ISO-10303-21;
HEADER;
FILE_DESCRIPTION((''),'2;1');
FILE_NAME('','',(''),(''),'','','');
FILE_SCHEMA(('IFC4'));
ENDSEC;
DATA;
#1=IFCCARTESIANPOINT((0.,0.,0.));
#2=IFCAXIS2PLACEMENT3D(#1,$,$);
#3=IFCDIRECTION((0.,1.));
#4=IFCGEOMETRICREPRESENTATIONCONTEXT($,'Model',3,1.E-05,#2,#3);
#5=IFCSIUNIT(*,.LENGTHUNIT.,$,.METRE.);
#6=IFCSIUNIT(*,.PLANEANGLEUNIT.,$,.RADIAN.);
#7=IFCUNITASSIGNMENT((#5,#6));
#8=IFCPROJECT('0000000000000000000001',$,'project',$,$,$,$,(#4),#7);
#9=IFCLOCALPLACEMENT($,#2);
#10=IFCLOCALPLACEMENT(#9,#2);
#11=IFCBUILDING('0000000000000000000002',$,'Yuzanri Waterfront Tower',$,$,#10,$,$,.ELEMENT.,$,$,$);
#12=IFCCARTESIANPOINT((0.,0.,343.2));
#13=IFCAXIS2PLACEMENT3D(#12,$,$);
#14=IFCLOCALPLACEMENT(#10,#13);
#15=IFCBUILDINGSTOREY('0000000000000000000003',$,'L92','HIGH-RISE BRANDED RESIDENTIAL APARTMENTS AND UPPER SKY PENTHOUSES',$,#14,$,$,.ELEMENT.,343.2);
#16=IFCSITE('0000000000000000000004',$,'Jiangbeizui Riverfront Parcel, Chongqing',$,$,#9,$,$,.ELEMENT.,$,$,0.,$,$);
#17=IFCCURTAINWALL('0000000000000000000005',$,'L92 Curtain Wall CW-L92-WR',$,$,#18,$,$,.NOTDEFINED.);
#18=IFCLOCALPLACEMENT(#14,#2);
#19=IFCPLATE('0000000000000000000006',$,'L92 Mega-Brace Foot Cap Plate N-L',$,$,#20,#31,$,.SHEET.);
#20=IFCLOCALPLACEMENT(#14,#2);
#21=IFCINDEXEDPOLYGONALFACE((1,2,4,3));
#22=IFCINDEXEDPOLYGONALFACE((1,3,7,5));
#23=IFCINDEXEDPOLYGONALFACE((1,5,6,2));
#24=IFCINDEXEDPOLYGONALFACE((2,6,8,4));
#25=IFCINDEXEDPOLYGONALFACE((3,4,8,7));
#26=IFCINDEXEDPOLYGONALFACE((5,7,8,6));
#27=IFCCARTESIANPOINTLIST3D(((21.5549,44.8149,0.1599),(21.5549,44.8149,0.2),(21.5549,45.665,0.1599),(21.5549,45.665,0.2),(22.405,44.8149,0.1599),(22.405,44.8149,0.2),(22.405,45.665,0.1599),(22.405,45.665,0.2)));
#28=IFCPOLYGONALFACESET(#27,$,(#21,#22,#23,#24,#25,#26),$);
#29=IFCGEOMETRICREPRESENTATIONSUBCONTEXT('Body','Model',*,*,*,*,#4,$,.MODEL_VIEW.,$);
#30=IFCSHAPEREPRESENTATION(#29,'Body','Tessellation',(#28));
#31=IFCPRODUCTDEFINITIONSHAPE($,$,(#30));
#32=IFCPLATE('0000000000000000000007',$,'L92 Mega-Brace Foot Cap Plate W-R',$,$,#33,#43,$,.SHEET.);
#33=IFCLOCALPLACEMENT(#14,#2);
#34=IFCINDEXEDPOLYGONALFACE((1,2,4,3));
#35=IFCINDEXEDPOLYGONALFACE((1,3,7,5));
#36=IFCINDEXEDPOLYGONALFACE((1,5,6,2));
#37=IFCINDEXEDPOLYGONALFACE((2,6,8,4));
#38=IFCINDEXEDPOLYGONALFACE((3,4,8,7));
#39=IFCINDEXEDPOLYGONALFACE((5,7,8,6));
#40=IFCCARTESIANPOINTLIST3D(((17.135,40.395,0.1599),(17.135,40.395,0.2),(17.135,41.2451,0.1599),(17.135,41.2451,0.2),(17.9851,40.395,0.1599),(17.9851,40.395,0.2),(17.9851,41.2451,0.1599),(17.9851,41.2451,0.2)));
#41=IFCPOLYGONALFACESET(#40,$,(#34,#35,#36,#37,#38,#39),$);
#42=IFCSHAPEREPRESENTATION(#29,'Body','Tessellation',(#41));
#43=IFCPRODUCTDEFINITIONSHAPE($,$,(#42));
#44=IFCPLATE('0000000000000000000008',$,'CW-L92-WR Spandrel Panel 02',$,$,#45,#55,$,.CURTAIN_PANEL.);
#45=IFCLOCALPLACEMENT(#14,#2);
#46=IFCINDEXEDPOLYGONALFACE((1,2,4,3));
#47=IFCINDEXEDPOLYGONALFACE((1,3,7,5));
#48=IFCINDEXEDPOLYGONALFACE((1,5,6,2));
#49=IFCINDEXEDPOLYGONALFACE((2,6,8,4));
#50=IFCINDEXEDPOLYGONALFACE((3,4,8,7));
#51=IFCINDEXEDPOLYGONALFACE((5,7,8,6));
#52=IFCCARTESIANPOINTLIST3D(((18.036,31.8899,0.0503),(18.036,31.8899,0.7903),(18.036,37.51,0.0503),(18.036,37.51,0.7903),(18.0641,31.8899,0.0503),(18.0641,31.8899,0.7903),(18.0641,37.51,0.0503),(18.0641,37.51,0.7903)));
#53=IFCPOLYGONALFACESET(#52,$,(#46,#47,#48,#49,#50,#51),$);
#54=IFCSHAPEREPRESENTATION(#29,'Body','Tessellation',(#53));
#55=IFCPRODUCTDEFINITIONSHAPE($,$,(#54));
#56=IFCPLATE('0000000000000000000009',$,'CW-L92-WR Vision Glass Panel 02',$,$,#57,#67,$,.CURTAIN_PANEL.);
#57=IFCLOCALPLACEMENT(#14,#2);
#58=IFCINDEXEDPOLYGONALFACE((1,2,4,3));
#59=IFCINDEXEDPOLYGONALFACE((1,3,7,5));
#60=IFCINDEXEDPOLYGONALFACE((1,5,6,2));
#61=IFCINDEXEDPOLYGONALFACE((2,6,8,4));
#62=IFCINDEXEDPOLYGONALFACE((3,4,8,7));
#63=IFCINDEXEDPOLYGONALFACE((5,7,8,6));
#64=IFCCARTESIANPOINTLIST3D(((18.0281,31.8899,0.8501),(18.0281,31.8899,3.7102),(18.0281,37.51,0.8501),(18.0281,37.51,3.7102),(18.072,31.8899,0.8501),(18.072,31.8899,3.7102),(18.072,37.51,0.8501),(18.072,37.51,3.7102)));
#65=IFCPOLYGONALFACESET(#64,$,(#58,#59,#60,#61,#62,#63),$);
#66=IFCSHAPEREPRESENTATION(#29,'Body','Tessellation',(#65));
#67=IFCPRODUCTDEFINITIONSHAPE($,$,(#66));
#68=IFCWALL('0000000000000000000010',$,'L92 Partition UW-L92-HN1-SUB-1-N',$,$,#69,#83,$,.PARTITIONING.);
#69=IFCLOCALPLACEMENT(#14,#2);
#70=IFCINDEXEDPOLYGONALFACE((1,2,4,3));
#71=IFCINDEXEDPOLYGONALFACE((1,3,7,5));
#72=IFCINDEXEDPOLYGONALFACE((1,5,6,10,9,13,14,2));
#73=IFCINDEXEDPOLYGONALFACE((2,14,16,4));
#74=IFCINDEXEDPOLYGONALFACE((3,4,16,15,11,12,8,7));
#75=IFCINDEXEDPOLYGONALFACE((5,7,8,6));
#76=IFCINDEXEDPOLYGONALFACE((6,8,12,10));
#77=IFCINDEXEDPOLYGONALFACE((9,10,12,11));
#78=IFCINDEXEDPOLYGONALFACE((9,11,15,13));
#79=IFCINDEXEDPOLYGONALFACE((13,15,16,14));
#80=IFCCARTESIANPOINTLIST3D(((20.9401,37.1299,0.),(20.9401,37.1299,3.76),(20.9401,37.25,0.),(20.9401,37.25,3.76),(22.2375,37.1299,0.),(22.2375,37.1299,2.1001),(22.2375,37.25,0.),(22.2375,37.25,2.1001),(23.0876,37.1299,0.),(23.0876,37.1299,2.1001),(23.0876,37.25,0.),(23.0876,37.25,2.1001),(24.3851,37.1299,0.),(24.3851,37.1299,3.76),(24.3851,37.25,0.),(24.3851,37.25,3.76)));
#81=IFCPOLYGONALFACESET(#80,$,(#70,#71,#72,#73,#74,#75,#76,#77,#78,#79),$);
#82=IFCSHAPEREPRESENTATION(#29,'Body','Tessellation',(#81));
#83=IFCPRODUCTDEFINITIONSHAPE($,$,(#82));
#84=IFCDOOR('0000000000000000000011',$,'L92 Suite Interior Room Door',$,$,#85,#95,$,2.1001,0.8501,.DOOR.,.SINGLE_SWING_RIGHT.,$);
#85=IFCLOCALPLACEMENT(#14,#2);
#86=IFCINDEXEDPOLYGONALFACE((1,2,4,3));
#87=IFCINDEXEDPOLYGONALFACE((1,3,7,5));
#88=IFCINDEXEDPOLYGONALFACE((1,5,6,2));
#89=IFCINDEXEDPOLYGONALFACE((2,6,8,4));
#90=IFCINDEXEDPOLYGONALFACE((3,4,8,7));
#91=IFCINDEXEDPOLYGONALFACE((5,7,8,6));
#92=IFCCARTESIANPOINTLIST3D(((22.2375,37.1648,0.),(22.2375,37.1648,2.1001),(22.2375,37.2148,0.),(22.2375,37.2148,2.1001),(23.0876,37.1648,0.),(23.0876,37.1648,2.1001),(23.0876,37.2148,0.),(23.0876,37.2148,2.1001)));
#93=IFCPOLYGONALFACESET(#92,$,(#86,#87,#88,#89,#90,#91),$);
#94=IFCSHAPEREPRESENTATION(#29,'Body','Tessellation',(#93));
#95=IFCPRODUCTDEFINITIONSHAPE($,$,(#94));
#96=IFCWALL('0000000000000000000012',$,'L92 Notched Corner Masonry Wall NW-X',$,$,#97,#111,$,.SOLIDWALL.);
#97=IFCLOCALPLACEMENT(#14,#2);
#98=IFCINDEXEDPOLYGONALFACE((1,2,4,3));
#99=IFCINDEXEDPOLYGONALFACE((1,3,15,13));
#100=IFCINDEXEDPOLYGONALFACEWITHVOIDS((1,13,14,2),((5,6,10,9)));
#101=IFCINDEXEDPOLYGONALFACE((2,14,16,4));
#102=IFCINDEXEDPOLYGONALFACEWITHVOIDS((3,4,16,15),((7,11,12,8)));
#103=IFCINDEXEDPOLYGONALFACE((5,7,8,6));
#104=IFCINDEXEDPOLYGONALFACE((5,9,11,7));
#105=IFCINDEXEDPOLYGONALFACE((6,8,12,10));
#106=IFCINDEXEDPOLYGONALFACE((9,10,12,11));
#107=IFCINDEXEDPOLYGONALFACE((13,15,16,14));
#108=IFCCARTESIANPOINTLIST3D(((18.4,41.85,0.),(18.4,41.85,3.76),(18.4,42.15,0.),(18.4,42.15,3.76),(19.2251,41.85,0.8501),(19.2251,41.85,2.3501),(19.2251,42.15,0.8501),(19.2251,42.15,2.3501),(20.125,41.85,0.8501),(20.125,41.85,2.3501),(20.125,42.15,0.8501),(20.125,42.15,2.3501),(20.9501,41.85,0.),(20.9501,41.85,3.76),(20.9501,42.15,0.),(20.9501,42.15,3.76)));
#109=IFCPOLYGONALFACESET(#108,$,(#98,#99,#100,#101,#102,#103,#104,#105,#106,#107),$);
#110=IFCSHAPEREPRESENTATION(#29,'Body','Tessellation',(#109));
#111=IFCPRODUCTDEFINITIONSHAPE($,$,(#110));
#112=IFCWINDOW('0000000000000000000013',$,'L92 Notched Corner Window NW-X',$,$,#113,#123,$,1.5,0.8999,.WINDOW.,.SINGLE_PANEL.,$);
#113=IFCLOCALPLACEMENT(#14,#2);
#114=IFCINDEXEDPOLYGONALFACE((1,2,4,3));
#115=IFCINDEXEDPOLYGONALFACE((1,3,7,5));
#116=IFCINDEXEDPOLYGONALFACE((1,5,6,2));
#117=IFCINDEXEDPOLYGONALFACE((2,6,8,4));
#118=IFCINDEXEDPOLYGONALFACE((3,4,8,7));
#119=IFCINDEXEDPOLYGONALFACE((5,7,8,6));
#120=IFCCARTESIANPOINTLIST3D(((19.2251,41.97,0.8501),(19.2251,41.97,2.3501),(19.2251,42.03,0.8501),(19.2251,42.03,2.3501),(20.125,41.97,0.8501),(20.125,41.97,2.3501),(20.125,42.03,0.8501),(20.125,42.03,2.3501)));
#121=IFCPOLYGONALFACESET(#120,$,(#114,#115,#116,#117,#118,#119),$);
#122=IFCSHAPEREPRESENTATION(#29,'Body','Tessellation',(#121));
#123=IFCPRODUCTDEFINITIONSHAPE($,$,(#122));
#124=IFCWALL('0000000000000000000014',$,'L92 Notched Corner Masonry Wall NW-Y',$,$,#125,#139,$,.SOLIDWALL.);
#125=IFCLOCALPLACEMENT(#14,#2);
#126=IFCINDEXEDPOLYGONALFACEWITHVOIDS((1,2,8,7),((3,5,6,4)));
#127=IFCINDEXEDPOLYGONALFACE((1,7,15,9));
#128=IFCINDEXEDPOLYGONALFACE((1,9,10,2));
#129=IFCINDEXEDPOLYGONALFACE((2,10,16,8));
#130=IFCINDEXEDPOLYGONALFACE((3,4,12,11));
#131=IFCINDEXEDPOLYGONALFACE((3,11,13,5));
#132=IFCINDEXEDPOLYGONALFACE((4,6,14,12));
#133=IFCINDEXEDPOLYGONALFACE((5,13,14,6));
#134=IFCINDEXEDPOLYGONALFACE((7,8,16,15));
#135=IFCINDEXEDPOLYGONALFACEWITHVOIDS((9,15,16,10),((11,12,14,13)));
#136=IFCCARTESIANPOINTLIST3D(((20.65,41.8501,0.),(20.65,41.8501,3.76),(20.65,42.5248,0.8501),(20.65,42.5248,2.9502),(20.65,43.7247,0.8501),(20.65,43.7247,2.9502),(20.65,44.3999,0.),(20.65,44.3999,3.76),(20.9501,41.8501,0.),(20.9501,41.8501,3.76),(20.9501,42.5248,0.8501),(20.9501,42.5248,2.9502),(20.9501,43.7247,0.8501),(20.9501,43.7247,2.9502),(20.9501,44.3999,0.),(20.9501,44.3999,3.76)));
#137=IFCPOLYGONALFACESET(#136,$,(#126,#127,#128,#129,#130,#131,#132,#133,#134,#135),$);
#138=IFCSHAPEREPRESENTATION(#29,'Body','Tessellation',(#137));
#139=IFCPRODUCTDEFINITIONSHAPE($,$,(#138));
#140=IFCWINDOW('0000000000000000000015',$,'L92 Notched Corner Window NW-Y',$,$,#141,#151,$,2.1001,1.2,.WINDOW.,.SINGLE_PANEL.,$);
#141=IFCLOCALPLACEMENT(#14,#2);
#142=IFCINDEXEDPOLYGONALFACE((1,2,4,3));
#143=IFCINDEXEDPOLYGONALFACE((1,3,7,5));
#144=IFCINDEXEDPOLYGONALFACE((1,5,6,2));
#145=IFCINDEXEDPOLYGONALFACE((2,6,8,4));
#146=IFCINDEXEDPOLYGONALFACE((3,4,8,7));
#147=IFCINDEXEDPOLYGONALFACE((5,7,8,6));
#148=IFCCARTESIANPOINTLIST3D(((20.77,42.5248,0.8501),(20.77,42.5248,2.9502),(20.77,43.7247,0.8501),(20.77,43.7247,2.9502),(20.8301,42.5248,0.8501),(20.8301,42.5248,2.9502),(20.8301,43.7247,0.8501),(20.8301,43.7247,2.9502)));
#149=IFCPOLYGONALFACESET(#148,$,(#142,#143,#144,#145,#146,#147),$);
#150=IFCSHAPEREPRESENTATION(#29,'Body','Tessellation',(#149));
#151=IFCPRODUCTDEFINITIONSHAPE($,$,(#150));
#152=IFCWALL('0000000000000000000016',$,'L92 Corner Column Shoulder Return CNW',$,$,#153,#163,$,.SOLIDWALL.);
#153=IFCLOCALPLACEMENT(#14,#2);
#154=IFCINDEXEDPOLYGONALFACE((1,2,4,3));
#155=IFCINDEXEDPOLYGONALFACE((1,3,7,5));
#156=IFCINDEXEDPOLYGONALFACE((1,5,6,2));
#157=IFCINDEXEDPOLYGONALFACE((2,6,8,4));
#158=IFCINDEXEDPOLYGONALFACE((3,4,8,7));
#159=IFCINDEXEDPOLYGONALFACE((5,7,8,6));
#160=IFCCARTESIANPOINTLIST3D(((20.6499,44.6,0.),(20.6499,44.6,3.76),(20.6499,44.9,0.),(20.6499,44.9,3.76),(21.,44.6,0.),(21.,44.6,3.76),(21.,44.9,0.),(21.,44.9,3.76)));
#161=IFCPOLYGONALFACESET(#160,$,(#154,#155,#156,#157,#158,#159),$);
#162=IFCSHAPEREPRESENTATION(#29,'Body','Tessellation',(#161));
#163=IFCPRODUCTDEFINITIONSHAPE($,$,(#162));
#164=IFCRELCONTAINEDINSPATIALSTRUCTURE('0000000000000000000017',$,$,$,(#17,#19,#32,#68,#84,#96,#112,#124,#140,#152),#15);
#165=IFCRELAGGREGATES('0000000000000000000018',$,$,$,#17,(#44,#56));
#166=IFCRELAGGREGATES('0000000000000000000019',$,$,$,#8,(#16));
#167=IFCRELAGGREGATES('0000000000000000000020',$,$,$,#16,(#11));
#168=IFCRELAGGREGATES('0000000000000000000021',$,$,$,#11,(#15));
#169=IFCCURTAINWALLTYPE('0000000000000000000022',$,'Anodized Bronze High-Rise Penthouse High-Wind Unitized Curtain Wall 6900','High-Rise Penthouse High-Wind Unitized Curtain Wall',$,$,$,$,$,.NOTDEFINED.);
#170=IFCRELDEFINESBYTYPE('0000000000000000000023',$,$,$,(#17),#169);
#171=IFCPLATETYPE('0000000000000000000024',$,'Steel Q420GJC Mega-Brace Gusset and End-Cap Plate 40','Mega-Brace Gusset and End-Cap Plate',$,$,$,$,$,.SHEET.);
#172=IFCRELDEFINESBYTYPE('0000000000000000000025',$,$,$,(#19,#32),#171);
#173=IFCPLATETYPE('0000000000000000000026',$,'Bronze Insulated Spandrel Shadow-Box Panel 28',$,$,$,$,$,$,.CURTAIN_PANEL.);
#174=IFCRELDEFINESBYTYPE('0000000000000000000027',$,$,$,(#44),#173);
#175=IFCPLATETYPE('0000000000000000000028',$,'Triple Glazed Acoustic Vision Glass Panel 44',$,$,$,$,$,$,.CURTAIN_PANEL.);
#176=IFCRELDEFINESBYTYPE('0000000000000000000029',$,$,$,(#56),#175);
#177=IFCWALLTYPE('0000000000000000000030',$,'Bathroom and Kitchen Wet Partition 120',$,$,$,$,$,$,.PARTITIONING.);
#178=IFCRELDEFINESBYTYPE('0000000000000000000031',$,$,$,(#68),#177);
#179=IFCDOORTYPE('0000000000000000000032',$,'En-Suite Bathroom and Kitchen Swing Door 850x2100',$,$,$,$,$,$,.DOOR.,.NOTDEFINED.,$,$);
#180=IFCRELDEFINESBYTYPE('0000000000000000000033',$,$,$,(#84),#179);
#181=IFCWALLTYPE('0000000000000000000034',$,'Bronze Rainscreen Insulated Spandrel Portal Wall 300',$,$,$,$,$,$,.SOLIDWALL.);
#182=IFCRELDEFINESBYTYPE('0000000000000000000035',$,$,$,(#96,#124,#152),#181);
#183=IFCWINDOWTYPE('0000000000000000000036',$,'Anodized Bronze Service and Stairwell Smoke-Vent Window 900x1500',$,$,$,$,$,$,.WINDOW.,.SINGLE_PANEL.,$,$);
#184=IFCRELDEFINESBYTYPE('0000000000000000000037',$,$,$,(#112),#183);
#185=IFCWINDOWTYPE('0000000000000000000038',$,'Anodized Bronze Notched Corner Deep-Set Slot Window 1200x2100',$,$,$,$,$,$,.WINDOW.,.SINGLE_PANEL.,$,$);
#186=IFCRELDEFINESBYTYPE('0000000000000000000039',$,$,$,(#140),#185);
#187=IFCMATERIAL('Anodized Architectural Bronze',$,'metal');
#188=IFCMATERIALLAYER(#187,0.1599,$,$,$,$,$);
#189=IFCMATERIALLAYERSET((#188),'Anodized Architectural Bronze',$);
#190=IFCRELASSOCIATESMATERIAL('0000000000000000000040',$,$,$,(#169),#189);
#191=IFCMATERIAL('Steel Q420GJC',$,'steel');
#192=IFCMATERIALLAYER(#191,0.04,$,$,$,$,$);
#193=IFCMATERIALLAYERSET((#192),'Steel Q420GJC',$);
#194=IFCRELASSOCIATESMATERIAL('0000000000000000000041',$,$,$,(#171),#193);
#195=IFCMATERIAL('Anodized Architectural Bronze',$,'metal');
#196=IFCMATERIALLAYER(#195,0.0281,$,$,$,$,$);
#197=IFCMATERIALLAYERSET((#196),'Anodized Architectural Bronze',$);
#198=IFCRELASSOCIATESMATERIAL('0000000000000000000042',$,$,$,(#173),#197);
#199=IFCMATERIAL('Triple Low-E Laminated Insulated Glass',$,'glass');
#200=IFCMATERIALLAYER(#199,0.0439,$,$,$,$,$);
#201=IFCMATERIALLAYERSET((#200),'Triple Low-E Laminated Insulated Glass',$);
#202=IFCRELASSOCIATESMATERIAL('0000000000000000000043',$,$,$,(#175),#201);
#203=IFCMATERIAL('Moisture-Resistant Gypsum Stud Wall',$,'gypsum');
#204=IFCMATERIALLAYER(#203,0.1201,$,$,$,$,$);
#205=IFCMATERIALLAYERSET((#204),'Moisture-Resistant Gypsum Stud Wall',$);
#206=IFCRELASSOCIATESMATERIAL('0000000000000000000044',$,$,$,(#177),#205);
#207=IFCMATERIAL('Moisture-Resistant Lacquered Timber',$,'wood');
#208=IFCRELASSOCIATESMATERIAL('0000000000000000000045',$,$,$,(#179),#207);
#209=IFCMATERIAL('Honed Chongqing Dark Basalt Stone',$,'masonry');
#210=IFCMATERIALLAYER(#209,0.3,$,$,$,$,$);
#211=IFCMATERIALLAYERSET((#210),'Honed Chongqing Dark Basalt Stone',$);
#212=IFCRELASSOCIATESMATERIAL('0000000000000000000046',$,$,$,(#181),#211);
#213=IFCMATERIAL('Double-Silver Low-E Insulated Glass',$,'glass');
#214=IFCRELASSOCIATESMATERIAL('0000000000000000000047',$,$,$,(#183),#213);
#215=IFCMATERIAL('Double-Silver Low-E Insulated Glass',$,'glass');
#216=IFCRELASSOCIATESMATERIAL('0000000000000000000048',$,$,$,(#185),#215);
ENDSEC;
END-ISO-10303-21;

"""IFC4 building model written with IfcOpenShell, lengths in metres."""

from ifc_helpers import new_model, si_unit, direction, frame, frame_2d, origin, origin_2d, place, context, subcontext, project, spatial, rectangle, extrude, source, transform, mapped, material, layer, layer_set, type_object, element, fill, aggregate, save


model = new_model("IFC4")

# Units and contexts
model_context = context("Model", 3, precision=1e-05, world=origin(), true_north=direction((0.0, 1.0)))
body_context = subcontext(model_context, "Body", "Model", "MODEL_VIEW")
ifc_project = project(units=[si_unit("LENGTHUNIT", "METRE"), si_unit("PLANEANGLEUNIT", "RADIAN")], contexts=[model_context])

# Site, building, storey
site_placement = place(None, origin())
site = spatial("IfcSite", under=ifc_project, at=site_placement, Name="Jiangbeizui Riverfront Parcel, Chongqing", CompositionType="ELEMENT", RefElevation=0.0)
building_placement = place(site_placement, origin())
building = spatial("IfcBuilding", under=site, at=building_placement, Name="Yuzanri Waterfront Tower", CompositionType="ELEMENT")
storey_placement = place(building_placement, frame((0.0, 0.0, 343.2)))
storey = spatial("IfcBuildingStorey", under=building, at=storey_placement, Name="L92", Description="HIGH-RISE BRANDED RESIDENTIAL APARTMENTS AND UPPER SKY PENTHOUSES", CompositionType="ELEMENT", Elevation=343.2)

# Curtain wall
ifc_material_1 = material(Name="Anodized Architectural Bronze", Category="metal")
ifc_layer_1 = layer(ifc_material_1, 0.1599)
ifc_layer_set_1 = layer_set([ifc_layer_1], Name="Anodized Architectural Bronze")
curtain_wall_type = type_object("IfcCurtainWallType", Name="Anodized Bronze High-Rise Penthouse High-Wind Unitized Curtain Wall 6900", Description="High-Rise Penthouse High-Wind Unitized Curtain Wall", PredefinedType="NOTDEFINED", material=ifc_layer_set_1)
curtain_wall_placement = place(storey_placement, origin())
curtain_wall = element("IfcCurtainWall", 1, at=curtain_wall_placement, inside=storey, type_object=curtain_wall_type, Name="L92 Curtain Wall CW-L92-WR", PredefinedType="NOTDEFINED")

# Plates
ifc_material_2 = material(Name="Steel Q420GJC", Category="steel")
ifc_layer_2 = layer(ifc_material_2, 0.04)
ifc_layer_set_2 = layer_set([ifc_layer_2], Name="Steel Q420GJC")
plate_type_1 = type_object("IfcPlateType", Name="Steel Q420GJC Mega-Brace Gusset and End-Cap Plate 40", Description="Mega-Brace Gusset and End-Cap Plate", PredefinedType="SHEET", material=ifc_layer_set_2)
shared_shape_1 = source(origin(), body_context, "Body", "SweptSolid", [
    extrude(rectangle(XDim=0.8501, YDim=0.8501, at=origin_2d()), origin(), (0.0, 0.0, 1.0), 0.04),
])
for number, where, z_axis, x_axis, name in (
    (2, (21.98, 45.24, 0.1599), (0.0, 0.0, 1.0), (1.0, 0.0, 0.0), "L92 Mega-Brace Foot Cap Plate N-L"),
    (3, (17.5601, 40.8201, 0.1599), (0.0, 0.0, 1.0), (1.0, 0.0, 0.0), "L92 Mega-Brace Foot Cap Plate W-R"),
):
    element("IfcPlate", number, at=place(storey_placement, frame(where, z_axis=z_axis, x_axis=x_axis)), inside=storey, type_object=plate_type_1, Name=name, PredefinedType="SHEET", context=body_context, shape_type="MappedRepresentation", body=[
        mapped(shared_shape_1, transform((0.0, 0.0, 0.0), scale=1.0)),
    ])

# Plates
ifc_material_3 = material(Name="Anodized Architectural Bronze", Category="metal")
ifc_layer_3 = layer(ifc_material_3, 0.0281)
ifc_layer_set_3 = layer_set([ifc_layer_3], Name="Anodized Architectural Bronze")
plate_type_2 = type_object("IfcPlateType", Name="Bronze Insulated Spandrel Shadow-Box Panel 28", PredefinedType="CURTAIN_PANEL", material=ifc_layer_set_3)
shared_shape_2 = source(origin(), body_context, "Body", "SweptSolid", [
    extrude(rectangle(XDim=5.6201, YDim=0.0281, at=origin_2d()), origin(), (0.0, 0.0, 1.0), 0.74),
])
plate_1_placement = place(storey_placement, frame((18.05, 34.7, 0.0503), z_axis=(0.0, 0.0, 1.0), x_axis=(0.0, 1.0, 0.0)))
plate_1 = element("IfcPlate", 4, at=plate_1_placement, type_object=plate_type_2, Name="CW-L92-WR Spandrel Panel 02", PredefinedType="CURTAIN_PANEL", context=body_context, shape_type="MappedRepresentation", body=[
    mapped(shared_shape_2, transform((0.0, 0.0, 0.0), scale=1.0)),
])
ifc_material_4 = material(Name="Triple Low-E Laminated Insulated Glass", Category="glass")
ifc_layer_4 = layer(ifc_material_4, 0.0439)
ifc_layer_set_4 = layer_set([ifc_layer_4], Name="Triple Low-E Laminated Insulated Glass")
plate_type_3 = type_object("IfcPlateType", Name="Triple Glazed Acoustic Vision Glass Panel 44", PredefinedType="CURTAIN_PANEL", material=ifc_layer_set_4)
shared_shape_3 = source(origin(), body_context, "Body", "SweptSolid", [
    extrude(rectangle(XDim=5.6201, YDim=0.0439, at=origin_2d()), origin(), (0.0, 0.0, 1.0), 2.8601),
])
plate_2_placement = place(storey_placement, frame((18.05, 34.7, 0.8501), z_axis=(0.0, 0.0, 1.0), x_axis=(0.0, 1.0, 0.0)))
plate_2 = element("IfcPlate", 5, at=plate_2_placement, type_object=plate_type_3, Name="CW-L92-WR Vision Glass Panel 02", PredefinedType="CURTAIN_PANEL", context=body_context, shape_type="MappedRepresentation", body=[
    mapped(shared_shape_3, transform((0.0, 0.0, 0.0), scale=1.0)),
])
aggregate(curtain_wall, [plate_1, plate_2])

# Wall, opening, door
ifc_material_5 = material(Name="Moisture-Resistant Gypsum Stud Wall", Category="gypsum")
ifc_layer_5 = layer(ifc_material_5, 0.1201)
ifc_layer_set_5 = layer_set([ifc_layer_5], Name="Moisture-Resistant Gypsum Stud Wall")
wall_type_1 = type_object("IfcWallType", Name="Bathroom and Kitchen Wet Partition 120", PredefinedType="PARTITIONING", material=ifc_layer_set_5)
wall_1_placement = place(storey_placement, frame((20.9399, 37.1899, 0.0), z_axis=(0.0, 0.0, 1.0), x_axis=(1.0, 0.0, 0.0)))
wall_1 = element("IfcWall", 6, at=wall_1_placement, inside=storey, type_object=wall_type_1, Name="L92 Partition UW-L92-HN1-SUB-1-N", PredefinedType="PARTITIONING", context=body_context, shape_type="SweptSolid", body=[
    extrude(rectangle(XDim=3.4451, YDim=0.1201, at=frame_2d((1.7227, 0.0))), origin(), (0.0, 0.0, 1.0), 3.76),
])
opening_1_placement = place(wall_1_placement, frame((1.2976, 0.0, 0.0)))
opening_1 = element("IfcOpeningElement", 7, at=opening_1_placement, cuts=wall_1, PredefinedType="OPENING", context=body_context, shape_type="SweptSolid", body=[
    extrude(rectangle(XDim=0.8501, YDim=2.1001, at=frame_2d((0.425, 1.05))), frame((0.0, 0.075, 0.0), z_axis=(0.0, -1.0, 0.0), x_axis=(1.0, 0.0, 0.0)), (0.0, 0.0, 1.0), 0.1499),
])
ifc_material_6 = material(Name="Moisture-Resistant Lacquered Timber", Category="wood")
door_type = type_object("IfcDoorType", Name="En-Suite Bathroom and Kitchen Swing Door 850x2100", OperationType="NOTDEFINED", PredefinedType="DOOR", material=ifc_material_6)
shared_shape_4 = source(origin(), body_context, "Body", "SweptSolid", [
    extrude(rectangle(XDim=0.8501, YDim=2.1001, at=frame_2d((0.425, 1.05))), frame((0.0, 0.0249, 0.0), z_axis=(0.0, -1.0, 0.0), x_axis=(1.0, 0.0, 0.0)), (0.0, 0.0, 1.0), 0.05),
])
door_placement = place(opening_1_placement, origin())
door = element("IfcDoor", 8, at=door_placement, inside=storey, type_object=door_type, Name="L92 Suite Interior Room Door", OperationType="SINGLE_SWING_RIGHT", OverallHeight=2.1001, OverallWidth=0.8501, PredefinedType="DOOR", context=body_context, shape_type="MappedRepresentation", body=[
    mapped(shared_shape_4, transform((0.0, 0.0, 0.0), scale=1.0)),
])
fill(opening_1, door)

# Walls, openings, windows
ifc_material_7 = material(Name="Honed Chongqing Dark Basalt Stone", Category="masonry")
ifc_layer_6 = layer(ifc_material_7, 0.3)
ifc_layer_set_6 = layer_set([ifc_layer_6], Name="Honed Chongqing Dark Basalt Stone")
wall_type_2 = type_object("IfcWallType", Name="Bronze Rainscreen Insulated Spandrel Portal Wall 300", PredefinedType="SOLIDWALL", material=ifc_layer_set_6)
wall_2_placement = place(storey_placement, frame((20.95, 42.0, 0.0), z_axis=(0.0, 0.0, 1.0), x_axis=(-1.0, 0.0, 0.0)))
wall_2 = element("IfcWall", 9, at=wall_2_placement, inside=storey, type_object=wall_type_2, Name="L92 Notched Corner Masonry Wall NW-X", PredefinedType="SOLIDWALL", context=body_context, shape_type="SweptSolid", body=[
    extrude(rectangle(XDim=2.55, YDim=0.3, at=frame_2d((1.2749, 0.0))), origin(), (0.0, 0.0, 1.0), 3.76),
])
opening_2_placement = place(wall_2_placement, frame((0.825, 0.0, 0.8501)))
opening_2 = element("IfcOpeningElement", 10, at=opening_2_placement, cuts=wall_2, PredefinedType="OPENING", context=body_context, shape_type="SweptSolid", body=[
    extrude(rectangle(XDim=0.8999, YDim=1.5, at=frame_2d((0.45, 0.75))), frame((0.0, 0.165, 0.0), z_axis=(0.0, -1.0, 0.0), x_axis=(1.0, 0.0, 0.0)), (0.0, 0.0, 1.0), 0.3298),
])
ifc_material_8 = material(Name="Double-Silver Low-E Insulated Glass", Category="glass")
window_type_1 = type_object("IfcWindowType", Name="Anodized Bronze Service and Stairwell Smoke-Vent Window 900x1500", PartitioningType="SINGLE_PANEL", PredefinedType="WINDOW", material=ifc_material_8)
shared_shape_5 = source(origin(), body_context, "Body", "SweptSolid", [
    extrude(rectangle(XDim=0.8999, YDim=1.5, at=frame_2d((0.45, 0.75))), frame((0.0, 0.03, 0.0), z_axis=(0.0, -1.0, 0.0), x_axis=(1.0, 0.0, 0.0)), (0.0, 0.0, 1.0), 0.0601),
])
window_1_placement = place(opening_2_placement, origin())
window_1 = element("IfcWindow", 11, at=window_1_placement, inside=storey, type_object=window_type_1, Name="L92 Notched Corner Window NW-X", OverallHeight=1.5, OverallWidth=0.8999, PartitioningType="SINGLE_PANEL", PredefinedType="WINDOW", context=body_context, shape_type="MappedRepresentation", body=[
    mapped(shared_shape_5, transform((0.0, 0.0, 0.0), scale=1.0)),
])
fill(opening_2, window_1)
wall_3_placement = place(storey_placement, frame((20.8, 44.3999, 0.0), z_axis=(0.0, 0.0, 1.0), x_axis=(0.0, -1.0, 0.0)))
wall_3 = element("IfcWall", 12, at=wall_3_placement, inside=storey, type_object=wall_type_2, Name="L92 Notched Corner Masonry Wall NW-Y", PredefinedType="SOLIDWALL", context=body_context, shape_type="SweptSolid", body=[
    extrude(rectangle(XDim=2.5498, YDim=0.3, at=frame_2d((1.2749, 0.0))), origin(), (0.0, 0.0, 1.0), 3.76),
])
opening_3_placement = place(wall_3_placement, frame((0.675, 0.0, 0.8501)))
opening_3 = element("IfcOpeningElement", 13, at=opening_3_placement, cuts=wall_3, PredefinedType="OPENING", context=body_context, shape_type="SweptSolid", body=[
    extrude(rectangle(XDim=1.2, YDim=2.1001, at=frame_2d((0.6001, 1.05))), frame((0.0, 0.165, 0.0), z_axis=(0.0, -1.0, 0.0), x_axis=(1.0, 0.0, 0.0)), (0.0, 0.0, 1.0), 0.3298),
])
ifc_material_9 = material(Name="Double-Silver Low-E Insulated Glass", Category="glass")
window_type_2 = type_object("IfcWindowType", Name="Anodized Bronze Notched Corner Deep-Set Slot Window 1200x2100", PartitioningType="SINGLE_PANEL", PredefinedType="WINDOW", material=ifc_material_9)
shared_shape_6 = source(origin(), body_context, "Body", "SweptSolid", [
    extrude(rectangle(XDim=1.2, YDim=2.1001, at=frame_2d((0.6001, 1.05))), frame((0.0, 0.03, 0.0), z_axis=(0.0, -1.0, 0.0), x_axis=(1.0, 0.0, 0.0)), (0.0, 0.0, 1.0), 0.0601),
])
window_2_placement = place(opening_3_placement, origin())
window_2 = element("IfcWindow", 14, at=window_2_placement, inside=storey, type_object=window_type_2, Name="L92 Notched Corner Window NW-Y", OverallHeight=2.1001, OverallWidth=1.2, PartitioningType="SINGLE_PANEL", PredefinedType="WINDOW", context=body_context, shape_type="MappedRepresentation", body=[
    mapped(shared_shape_6, transform((0.0, 0.0, 0.0), scale=1.0)),
])
fill(opening_3, window_2)

# Wall
shared_shape_7 = source(origin(), body_context, "Body", "SweptSolid", [
    extrude(rectangle(XDim=0.3501, YDim=0.3, at=frame_2d((0.175, 0.0))), origin(), (0.0, 0.0, 1.0), 3.76),
])
wall_4_placement = place(storey_placement, frame((20.6499, 44.75, 0.0), z_axis=(0.0, 0.0, 1.0), x_axis=(1.0, 0.0, 0.0)))
element("IfcWall", 15, at=wall_4_placement, inside=storey, type_object=wall_type_2, Name="L92 Corner Column Shoulder Return CNW", PredefinedType="SOLIDWALL", context=body_context, shape_type="MappedRepresentation", body=[
    mapped(shared_shape_7, transform((0.0, 0.0, 0.0), scale=1.0)),
])

save(model, "model.ifc")
